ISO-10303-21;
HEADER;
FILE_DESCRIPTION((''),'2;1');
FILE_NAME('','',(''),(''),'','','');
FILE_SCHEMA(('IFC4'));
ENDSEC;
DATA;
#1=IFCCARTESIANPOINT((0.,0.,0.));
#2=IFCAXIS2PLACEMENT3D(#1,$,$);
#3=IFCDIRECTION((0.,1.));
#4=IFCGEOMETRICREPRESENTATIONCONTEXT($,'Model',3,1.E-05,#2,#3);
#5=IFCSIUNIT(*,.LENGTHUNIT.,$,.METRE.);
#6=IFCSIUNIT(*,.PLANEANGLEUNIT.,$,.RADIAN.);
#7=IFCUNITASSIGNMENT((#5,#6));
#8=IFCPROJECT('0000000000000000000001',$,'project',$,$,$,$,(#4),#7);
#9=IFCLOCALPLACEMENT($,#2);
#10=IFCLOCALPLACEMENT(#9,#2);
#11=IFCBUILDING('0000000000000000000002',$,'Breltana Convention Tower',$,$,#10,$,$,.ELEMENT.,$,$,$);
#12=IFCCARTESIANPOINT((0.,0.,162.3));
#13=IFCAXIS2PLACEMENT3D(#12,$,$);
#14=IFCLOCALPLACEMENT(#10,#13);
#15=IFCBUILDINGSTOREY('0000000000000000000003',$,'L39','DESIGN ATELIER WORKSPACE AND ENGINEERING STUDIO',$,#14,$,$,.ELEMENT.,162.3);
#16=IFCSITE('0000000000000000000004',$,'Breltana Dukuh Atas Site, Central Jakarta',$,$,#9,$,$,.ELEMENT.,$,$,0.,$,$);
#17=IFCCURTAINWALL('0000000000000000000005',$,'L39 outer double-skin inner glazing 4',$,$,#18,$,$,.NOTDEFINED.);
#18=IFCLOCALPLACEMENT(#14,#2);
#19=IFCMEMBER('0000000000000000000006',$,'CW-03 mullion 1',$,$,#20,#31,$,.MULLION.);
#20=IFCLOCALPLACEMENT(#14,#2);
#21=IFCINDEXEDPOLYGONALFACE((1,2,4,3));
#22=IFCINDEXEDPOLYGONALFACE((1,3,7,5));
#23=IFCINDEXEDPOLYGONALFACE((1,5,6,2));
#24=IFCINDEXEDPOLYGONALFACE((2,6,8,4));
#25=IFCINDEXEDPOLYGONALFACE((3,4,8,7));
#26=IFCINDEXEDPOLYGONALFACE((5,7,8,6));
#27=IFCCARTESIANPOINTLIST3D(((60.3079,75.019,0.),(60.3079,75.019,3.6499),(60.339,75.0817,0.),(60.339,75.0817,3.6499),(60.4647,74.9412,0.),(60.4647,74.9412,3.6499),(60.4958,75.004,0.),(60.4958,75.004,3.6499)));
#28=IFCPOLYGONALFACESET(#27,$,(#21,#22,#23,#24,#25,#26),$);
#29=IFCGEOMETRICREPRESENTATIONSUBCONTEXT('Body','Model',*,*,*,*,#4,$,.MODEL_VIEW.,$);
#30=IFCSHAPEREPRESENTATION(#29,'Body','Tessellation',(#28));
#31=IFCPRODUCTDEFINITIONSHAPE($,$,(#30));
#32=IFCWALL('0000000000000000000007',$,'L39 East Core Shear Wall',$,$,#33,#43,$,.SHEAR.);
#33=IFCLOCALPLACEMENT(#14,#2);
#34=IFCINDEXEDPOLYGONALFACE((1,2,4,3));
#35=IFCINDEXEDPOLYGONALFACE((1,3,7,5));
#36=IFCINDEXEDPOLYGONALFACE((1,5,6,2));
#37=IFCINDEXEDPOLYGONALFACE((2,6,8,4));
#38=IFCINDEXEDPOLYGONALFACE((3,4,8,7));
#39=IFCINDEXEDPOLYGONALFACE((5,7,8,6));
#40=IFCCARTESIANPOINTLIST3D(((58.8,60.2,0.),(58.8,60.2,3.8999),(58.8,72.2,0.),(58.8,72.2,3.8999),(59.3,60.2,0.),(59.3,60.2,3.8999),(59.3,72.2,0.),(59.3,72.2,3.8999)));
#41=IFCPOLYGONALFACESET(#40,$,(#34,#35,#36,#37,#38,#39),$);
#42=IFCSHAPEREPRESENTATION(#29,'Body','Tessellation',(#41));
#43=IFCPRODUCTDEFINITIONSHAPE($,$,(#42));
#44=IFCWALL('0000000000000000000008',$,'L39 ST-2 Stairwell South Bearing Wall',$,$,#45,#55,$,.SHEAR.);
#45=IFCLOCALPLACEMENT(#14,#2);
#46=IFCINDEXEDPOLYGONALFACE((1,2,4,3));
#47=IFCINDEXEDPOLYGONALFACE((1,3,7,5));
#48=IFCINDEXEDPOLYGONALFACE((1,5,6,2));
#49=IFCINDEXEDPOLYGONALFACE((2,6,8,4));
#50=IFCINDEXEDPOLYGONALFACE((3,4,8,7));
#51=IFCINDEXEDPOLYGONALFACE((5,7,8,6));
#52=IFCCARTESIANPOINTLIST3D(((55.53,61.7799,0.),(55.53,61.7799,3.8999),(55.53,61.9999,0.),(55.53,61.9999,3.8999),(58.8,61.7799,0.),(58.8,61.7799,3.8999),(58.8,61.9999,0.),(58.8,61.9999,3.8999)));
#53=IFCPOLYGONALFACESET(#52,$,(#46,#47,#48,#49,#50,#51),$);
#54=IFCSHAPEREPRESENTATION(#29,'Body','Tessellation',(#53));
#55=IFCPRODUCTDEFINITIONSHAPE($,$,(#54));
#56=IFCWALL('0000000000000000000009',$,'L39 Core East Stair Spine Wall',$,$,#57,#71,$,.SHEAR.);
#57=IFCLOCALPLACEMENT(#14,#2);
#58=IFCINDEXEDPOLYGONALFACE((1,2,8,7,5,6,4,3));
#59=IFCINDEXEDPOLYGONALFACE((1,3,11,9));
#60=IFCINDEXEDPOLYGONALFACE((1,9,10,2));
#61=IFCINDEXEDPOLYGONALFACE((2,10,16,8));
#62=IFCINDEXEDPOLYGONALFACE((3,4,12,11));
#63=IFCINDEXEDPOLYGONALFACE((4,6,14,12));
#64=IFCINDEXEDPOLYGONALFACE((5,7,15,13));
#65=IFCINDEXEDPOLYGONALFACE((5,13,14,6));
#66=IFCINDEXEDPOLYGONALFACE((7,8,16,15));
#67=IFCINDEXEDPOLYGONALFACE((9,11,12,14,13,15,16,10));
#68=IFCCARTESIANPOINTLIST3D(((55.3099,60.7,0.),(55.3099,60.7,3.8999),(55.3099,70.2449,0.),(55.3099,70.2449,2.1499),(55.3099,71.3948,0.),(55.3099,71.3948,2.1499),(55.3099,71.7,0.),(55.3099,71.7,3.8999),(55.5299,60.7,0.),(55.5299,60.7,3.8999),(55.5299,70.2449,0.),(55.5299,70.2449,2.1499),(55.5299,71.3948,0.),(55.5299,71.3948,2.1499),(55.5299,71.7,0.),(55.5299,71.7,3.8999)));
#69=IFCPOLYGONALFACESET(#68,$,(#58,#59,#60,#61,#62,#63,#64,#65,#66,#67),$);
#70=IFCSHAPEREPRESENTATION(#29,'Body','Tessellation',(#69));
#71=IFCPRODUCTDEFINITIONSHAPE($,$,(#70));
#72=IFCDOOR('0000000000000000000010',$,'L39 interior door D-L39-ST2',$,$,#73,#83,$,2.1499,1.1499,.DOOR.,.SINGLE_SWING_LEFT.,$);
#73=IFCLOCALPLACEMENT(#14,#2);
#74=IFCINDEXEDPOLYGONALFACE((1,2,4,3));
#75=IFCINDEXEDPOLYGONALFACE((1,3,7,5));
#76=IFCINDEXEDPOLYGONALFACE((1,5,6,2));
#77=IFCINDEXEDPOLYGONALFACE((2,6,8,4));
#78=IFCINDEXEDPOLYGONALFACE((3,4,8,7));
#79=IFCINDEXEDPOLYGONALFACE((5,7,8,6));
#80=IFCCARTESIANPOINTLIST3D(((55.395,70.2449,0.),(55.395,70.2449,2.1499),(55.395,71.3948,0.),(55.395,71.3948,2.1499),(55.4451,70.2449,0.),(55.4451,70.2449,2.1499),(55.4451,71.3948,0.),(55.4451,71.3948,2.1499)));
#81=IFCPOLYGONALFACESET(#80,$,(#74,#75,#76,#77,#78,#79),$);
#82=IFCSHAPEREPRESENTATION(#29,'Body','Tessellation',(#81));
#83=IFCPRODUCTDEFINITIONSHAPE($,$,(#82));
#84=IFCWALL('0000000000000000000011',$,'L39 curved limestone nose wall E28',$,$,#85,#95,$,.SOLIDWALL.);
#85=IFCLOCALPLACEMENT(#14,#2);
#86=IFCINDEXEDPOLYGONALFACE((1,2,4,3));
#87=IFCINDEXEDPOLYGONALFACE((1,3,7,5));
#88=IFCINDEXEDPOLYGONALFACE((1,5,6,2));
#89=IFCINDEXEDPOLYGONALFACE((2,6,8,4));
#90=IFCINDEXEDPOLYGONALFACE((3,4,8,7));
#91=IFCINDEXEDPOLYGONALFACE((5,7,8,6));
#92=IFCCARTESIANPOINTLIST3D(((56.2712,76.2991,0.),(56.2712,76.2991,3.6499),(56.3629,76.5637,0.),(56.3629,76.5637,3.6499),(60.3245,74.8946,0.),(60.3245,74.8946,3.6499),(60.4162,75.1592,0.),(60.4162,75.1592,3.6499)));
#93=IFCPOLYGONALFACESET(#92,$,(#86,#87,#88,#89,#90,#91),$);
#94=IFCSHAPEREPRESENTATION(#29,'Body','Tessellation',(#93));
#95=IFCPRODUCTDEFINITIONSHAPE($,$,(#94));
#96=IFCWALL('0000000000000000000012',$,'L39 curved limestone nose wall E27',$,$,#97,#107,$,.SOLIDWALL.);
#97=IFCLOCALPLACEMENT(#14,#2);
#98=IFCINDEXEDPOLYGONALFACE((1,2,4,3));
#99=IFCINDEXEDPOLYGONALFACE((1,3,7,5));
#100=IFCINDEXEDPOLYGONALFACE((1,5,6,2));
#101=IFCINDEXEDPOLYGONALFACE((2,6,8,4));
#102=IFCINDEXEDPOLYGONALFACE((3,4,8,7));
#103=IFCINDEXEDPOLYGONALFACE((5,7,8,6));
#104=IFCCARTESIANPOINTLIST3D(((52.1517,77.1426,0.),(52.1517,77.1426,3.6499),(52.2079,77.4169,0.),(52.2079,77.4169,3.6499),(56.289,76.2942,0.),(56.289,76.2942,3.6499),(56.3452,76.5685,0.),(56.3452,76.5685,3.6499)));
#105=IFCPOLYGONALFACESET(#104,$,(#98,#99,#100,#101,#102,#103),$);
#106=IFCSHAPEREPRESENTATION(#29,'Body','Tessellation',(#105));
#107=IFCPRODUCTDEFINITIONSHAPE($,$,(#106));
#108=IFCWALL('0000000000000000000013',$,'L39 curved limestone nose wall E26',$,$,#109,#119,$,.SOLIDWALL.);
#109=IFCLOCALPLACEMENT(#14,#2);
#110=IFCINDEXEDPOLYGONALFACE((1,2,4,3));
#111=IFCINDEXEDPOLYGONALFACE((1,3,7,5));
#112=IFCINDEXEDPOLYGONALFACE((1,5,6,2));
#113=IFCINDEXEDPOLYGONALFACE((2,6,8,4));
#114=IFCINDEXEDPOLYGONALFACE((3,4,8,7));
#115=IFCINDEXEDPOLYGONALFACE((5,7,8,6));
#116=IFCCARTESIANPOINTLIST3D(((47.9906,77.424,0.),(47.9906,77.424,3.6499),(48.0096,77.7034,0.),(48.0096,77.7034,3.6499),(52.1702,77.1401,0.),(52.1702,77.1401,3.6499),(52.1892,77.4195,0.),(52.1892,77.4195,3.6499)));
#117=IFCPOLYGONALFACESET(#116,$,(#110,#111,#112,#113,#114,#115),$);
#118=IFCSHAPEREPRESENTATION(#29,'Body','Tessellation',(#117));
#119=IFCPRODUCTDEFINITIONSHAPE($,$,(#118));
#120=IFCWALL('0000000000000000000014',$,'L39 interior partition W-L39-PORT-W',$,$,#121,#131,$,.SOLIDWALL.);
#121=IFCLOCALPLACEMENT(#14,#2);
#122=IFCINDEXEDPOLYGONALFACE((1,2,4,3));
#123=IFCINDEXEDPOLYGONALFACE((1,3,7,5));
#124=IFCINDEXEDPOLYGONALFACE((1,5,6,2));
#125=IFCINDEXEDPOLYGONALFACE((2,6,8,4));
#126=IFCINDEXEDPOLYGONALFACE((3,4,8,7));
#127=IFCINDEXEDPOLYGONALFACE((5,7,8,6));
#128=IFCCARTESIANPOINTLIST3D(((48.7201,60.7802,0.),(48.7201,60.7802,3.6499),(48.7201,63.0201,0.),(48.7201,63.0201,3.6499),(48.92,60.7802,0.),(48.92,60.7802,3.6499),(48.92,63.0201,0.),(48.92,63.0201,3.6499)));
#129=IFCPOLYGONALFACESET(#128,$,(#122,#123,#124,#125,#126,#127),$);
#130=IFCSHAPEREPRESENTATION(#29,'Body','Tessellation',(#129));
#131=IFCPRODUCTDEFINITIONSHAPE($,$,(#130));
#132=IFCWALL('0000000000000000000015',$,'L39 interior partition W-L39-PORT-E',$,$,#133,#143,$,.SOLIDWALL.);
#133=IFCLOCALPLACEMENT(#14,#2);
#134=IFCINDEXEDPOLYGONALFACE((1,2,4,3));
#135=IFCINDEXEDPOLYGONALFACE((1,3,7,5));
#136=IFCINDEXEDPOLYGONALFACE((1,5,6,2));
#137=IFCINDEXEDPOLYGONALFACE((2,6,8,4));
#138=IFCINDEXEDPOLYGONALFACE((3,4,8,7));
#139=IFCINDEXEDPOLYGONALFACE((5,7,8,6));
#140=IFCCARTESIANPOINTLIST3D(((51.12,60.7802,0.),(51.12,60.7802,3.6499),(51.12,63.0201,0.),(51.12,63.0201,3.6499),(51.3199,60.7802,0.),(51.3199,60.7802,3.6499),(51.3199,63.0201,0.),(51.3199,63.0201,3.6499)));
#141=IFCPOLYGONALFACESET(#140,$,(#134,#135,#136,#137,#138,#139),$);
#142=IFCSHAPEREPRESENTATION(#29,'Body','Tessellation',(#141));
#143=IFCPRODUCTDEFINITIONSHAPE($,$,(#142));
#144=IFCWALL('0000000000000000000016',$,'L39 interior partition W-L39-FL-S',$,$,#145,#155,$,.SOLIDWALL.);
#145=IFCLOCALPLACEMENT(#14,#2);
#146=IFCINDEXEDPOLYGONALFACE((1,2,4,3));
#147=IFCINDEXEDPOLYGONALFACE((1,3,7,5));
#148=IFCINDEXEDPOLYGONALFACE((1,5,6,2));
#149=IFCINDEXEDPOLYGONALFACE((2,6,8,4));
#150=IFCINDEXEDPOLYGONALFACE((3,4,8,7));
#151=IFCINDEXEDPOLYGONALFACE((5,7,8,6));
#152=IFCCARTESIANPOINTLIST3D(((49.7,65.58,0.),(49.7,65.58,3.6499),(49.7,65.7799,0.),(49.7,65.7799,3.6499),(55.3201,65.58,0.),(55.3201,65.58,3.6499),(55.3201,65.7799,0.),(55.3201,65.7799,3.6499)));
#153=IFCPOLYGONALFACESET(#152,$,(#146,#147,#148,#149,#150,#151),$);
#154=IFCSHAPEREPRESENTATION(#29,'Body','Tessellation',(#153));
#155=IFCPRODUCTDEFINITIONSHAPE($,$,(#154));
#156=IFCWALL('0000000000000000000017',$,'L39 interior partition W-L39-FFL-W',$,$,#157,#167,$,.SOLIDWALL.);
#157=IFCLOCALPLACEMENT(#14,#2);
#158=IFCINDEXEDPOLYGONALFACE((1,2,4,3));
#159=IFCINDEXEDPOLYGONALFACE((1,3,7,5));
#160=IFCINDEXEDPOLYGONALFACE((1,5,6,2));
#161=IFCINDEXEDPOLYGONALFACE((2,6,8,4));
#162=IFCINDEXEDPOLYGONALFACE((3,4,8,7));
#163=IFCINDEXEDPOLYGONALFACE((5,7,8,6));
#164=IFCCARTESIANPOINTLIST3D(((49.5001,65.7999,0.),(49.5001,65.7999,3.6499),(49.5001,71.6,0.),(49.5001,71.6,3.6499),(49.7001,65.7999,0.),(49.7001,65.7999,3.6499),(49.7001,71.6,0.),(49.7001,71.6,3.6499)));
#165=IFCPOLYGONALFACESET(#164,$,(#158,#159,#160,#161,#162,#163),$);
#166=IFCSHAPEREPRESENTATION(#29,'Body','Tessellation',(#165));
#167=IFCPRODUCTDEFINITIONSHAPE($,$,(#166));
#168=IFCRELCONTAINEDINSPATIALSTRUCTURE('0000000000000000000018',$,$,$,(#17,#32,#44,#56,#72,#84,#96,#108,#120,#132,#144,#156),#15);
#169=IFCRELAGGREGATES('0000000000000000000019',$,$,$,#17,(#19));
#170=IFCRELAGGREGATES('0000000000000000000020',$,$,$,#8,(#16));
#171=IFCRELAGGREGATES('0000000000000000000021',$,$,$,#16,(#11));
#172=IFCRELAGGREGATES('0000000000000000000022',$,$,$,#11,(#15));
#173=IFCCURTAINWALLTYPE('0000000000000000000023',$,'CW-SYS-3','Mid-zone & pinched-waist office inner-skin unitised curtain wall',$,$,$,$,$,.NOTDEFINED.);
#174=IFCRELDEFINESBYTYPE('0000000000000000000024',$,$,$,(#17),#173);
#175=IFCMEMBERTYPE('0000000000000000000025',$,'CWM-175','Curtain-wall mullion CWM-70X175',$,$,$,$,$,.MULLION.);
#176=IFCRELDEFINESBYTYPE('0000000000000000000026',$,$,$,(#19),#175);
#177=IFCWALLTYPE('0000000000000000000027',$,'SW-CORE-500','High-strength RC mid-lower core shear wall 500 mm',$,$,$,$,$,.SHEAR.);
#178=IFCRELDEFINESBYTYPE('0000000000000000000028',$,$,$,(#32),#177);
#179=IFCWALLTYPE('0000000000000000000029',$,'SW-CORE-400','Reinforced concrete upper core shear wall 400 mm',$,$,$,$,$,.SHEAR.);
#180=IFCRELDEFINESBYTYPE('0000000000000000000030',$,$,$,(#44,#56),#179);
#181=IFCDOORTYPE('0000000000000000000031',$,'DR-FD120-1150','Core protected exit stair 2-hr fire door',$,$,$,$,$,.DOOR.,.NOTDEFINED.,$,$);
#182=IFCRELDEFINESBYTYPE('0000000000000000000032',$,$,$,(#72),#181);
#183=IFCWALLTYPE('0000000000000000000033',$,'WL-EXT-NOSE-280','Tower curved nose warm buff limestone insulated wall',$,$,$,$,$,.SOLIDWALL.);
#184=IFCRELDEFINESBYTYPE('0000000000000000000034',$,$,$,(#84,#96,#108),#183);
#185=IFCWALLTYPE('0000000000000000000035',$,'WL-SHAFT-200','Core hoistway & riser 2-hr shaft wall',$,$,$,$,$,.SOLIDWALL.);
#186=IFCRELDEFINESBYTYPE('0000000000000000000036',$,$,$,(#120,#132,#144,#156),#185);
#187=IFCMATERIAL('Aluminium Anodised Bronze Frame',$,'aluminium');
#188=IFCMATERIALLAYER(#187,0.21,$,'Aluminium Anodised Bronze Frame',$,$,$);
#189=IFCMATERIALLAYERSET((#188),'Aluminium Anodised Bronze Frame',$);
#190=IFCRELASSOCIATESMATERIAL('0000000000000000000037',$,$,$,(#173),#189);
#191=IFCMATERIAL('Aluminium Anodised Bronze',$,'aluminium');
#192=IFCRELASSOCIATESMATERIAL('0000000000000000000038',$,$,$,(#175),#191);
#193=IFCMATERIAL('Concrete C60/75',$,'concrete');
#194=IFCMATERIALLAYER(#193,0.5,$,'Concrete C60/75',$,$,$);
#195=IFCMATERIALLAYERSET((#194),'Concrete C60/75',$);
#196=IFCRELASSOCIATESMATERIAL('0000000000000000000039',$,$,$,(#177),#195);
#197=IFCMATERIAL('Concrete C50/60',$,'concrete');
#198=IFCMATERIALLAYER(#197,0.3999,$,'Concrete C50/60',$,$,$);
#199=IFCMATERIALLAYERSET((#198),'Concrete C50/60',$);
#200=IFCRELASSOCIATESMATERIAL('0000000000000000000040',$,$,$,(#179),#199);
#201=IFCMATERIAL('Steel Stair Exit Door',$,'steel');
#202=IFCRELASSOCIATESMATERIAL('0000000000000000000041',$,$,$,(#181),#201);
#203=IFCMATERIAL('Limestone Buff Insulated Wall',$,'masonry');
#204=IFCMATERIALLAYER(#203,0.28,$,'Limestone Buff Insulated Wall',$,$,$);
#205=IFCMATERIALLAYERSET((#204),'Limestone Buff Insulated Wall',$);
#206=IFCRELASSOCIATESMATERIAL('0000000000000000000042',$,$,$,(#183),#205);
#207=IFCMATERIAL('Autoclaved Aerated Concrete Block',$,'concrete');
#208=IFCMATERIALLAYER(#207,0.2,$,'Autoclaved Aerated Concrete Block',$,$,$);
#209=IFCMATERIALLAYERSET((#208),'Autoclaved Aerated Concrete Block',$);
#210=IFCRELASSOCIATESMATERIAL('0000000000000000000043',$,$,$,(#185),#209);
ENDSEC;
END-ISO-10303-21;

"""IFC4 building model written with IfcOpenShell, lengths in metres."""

from ifc_helpers import new_model, si_unit, direction, frame, frame_2d, origin, origin_2d, place, context, subcontext, project, spatial, rectangle, extrude, source, transform, mapped, material, layer, layer_set, material_profile, profile_set, type_object, type_shapes, element, fill, aggregate, save


model = new_model("IFC4")

# Units and contexts
model_context = context("Model", 3, precision=1e-05, world=origin(), true_north=direction((0.0, 1.0)))
body_context = subcontext(model_context, "Body", "Model", "MODEL_VIEW")
ifc_project = project(units=[si_unit("LENGTHUNIT", "METRE"), si_unit("PLANEANGLEUNIT", "RADIAN")], contexts=[model_context])

# Site, building, storey
site_placement = place(None, origin())
site = spatial("IfcSite", under=ifc_project, at=site_placement, Name="Breltana Dukuh Atas Site, Central Jakarta", CompositionType="ELEMENT", RefElevation=0.0)
building_placement = place(site_placement, origin())
building = spatial("IfcBuilding", under=site, at=building_placement, Name="Breltana Convention Tower", CompositionType="ELEMENT")
storey_placement = place(building_placement, frame((0.0, 0.0, 162.3)))
storey = spatial("IfcBuildingStorey", under=building, at=storey_placement, Name="L39", Description="DESIGN ATELIER WORKSPACE AND ENGINEERING STUDIO", CompositionType="ELEMENT", Elevation=162.3)

# Shared definitions
ifc_material_1 = material(Name="Concrete C60/75", Category="concrete")

# Curtain wall, member
ifc_material_2 = material(Name="Aluminium Anodised Bronze Frame", Category="aluminium")
ifc_layer_1 = layer(ifc_material_2, 0.21, Name="Aluminium Anodised Bronze Frame")
ifc_layer_set_1 = layer_set([ifc_layer_1], Name="Aluminium Anodised Bronze Frame")
curtain_wall_type = type_object("IfcCurtainWallType", Name="CW-SYS-3", Description="Mid-zone & pinched-waist office inner-skin unitised curtain wall", PredefinedType="NOTDEFINED", material=ifc_layer_set_1)
curtain_wall_placement = place(storey_placement, origin())
curtain_wall = element("IfcCurtainWall", 1, at=curtain_wall_placement, inside=storey, type_object=curtain_wall_type, Name="L39 outer double-skin inner glazing 4", PredefinedType="NOTDEFINED")
ifc_material_3 = material(Name="Aluminium Anodised Bronze", Category="aluminium")
ifc_material_profile_1 = material_profile(ifc_material_3, rectangle(XDim=0.0701, YDim=0.175, at=origin_2d()), Name="CWM-70X175")
ifc_profile_set_1 = profile_set([ifc_material_profile_1], Name="Aluminium Anodised Bronze")
member_type = type_object("IfcMemberType", Name="CWM-175", Description="Curtain-wall mullion CWM-70X175", PredefinedType="MULLION", material=ifc_profile_set_1)
shared_shape_1 = source(origin(), body_context, "Body", "SweptSolid", [
    extrude(rectangle(XDim=0.0701, YDim=0.175, at=origin_2d()), origin(), (0.0, 0.0, 1.0), 3.6499),
])
member_placement = place(storey_placement, frame((60.4019, 75.0115, 0.0), z_axis=(0.0, 0.0, 1.0), x_axis=(0.444118, 0.895968, 0.0)))
member = element("IfcMember", 2, at=member_placement, type_object=member_type, Name="CW-03 mullion 1", PredefinedType="MULLION", context=body_context, shape_type="MappedRepresentation", body=[
    mapped(shared_shape_1, transform((0.0, 0.0, 0.0), scale=1.0)),
])
aggregate(curtain_wall, [member])

# Walls
ifc_layer_2 = layer(ifc_material_1, 0.5, Name="Concrete C60/75")
ifc_layer_set_2 = layer_set([ifc_layer_2], Name="Concrete C60/75")
wall_type_1 = type_object("IfcWallType", Name="SW-CORE-500", Description="High-strength RC mid-lower core shear wall 500 mm", PredefinedType="SHEAR", material=ifc_layer_set_2)
shared_shape_2 = source(origin(), body_context, "Body", "SweptSolid", [
    extrude(rectangle(XDim=12.0, YDim=0.5, at=frame_2d((6.0, 0.0))), origin(), (0.0, 0.0, 1.0), 3.8999),
])
wall_1_placement = place(storey_placement, frame((59.05, 60.2, 0.0), z_axis=(0.0, 0.0, 1.0), x_axis=(0.0, 1.0, 0.0)))
element("IfcWall", 3, at=wall_1_placement, inside=storey, type_object=wall_type_1, Name="L39 East Core Shear Wall", PredefinedType="SHEAR", context=body_context, shape_type="MappedRepresentation", body=[
    mapped(shared_shape_2, transform((0.0, 0.0, 0.0), scale=1.0)),
])
ifc_material_4 = material(Name="Concrete C50/60", Category="concrete")
ifc_layer_3 = layer(ifc_material_4, 0.3999, Name="Concrete C50/60")
ifc_layer_set_3 = layer_set([ifc_layer_3], Name="Concrete C50/60")
wall_type_2 = type_object("IfcWallType", Name="SW-CORE-400", Description="Reinforced concrete upper core shear wall 400 mm", PredefinedType="SHEAR", material=ifc_layer_set_3)
shared_shape_3 = source(origin(), body_context, "Body", "SweptSolid", [
    extrude(rectangle(XDim=3.27, YDim=0.22, at=frame_2d((1.635, 0.0))), origin(), (0.0, 0.0, 1.0), 3.8999),
])
wall_2_placement = place(storey_placement, frame((55.53, 61.8899, 0.0), z_axis=(0.0, 0.0, 1.0), x_axis=(1.0, 0.0, 0.0)))
element("IfcWall", 4, at=wall_2_placement, inside=storey, type_object=wall_type_2, Name="L39 ST-2 Stairwell South Bearing Wall", PredefinedType="SHEAR", context=body_context, shape_type="MappedRepresentation", body=[
    mapped(shared_shape_3, transform((0.0, 0.0, 0.0), scale=1.0)),
])

# Wall, opening, door
shared_shape_4 = source(origin(), body_context, "Body", "SweptSolid", [
    extrude(rectangle(XDim=11.0, YDim=0.22, at=frame_2d((5.5, 0.0))), origin(), (0.0, 0.0, 1.0), 3.8999),
])
wall_3_placement = place(storey_placement, frame((55.4199, 60.7, 0.0), z_axis=(0.0, 0.0, 1.0), x_axis=(0.0, 1.0, 0.0)))
wall_3 = element("IfcWall", 5, at=wall_3_placement, inside=storey, type_object=wall_type_2, Name="L39 Core East Stair Spine Wall", PredefinedType="SHEAR", context=body_context, shape_type="MappedRepresentation", body=[
    mapped(shared_shape_4, transform((0.0, 0.0, 0.0), scale=1.0)),
])
opening_1_placement = place(wall_3_placement, frame((9.5449, 0.0, 0.0)))
opening_1 = element("IfcOpeningElement", 6, at=opening_1_placement, cuts=wall_3, PredefinedType="OPENING", context=body_context, shape_type="SweptSolid", body=[
    extrude(rectangle(XDim=1.1499, YDim=2.1499, at=frame_2d((0.575, 1.075))), frame((0.0, 0.1201, 0.0), z_axis=(0.0, -1.0, 0.0), x_axis=(1.0, 0.0, 0.0)), (0.0, 0.0, 1.0), 0.24),
])
ifc_material_5 = material(Name="Steel Stair Exit Door", Category="steel")
door_type_1 = type_object("IfcDoorType", Name="DR-FD120-1150", Description="Core protected exit stair 2-hr fire door", OperationType="NOTDEFINED", PredefinedType="DOOR", material=ifc_material_5)
shared_shape_5 = source(origin(), body_context, "Body", "SweptSolid", [
    extrude(rectangle(XDim=1.1499, YDim=2.1499, at=frame_2d((0.575, 1.075))), frame((0.0, 0.0249, 0.0), z_axis=(0.0, -1.0, 0.0), x_axis=(1.0, 0.0, 0.0)), (0.0, 0.0, 1.0), 0.05),
])
type_shapes(door_type_1, [shared_shape_5])
door_1_placement = place(opening_1_placement, origin())
door_1 = element("IfcDoor", 7, at=door_1_placement, inside=storey, type_object=door_type_1, Name="L39 interior door D-L39-ST2", OperationType="SINGLE_SWING_LEFT", OverallHeight=2.1499, OverallWidth=1.1499, PredefinedType="DOOR", context=body_context, shape_type="MappedRepresentation", body=[
    mapped(shared_shape_5, transform((0.0, 0.0, 0.0), scale=1.0)),
])
fill(opening_1, door_1)

# Walls
ifc_material_6 = material(Name="Limestone Buff Insulated Wall", Category="masonry")
ifc_layer_4 = layer(ifc_material_6, 0.28, Name="Limestone Buff Insulated Wall")
ifc_layer_set_4 = layer_set([ifc_layer_4], Name="Limestone Buff Insulated Wall")
wall_type_3 = type_object("IfcWallType", Name="WL-EXT-NOSE-280", Description="Tower curved nose warm buff limestone insulated wall", PredefinedType="SOLIDWALL", material=ifc_layer_set_4)
shared_shape_6 = source(origin(), body_context, "Body", "SweptSolid", [
    extrude(rectangle(XDim=4.2898, YDim=0.28, at=frame_2d((2.145, 0.0))), origin(), (0.0, 0.0, 1.0), 3.6499),
])
wall_4_placement = place(storey_placement, frame((56.3169, 76.4314, 0.0), z_axis=(0.0, 0.0, 1.0), x_axis=(0.944884, -0.327406, 0.0)))
element("IfcWall", 8, at=wall_4_placement, inside=storey, type_object=wall_type_3, Name="L39 curved limestone nose wall E28", PredefinedType="SOLIDWALL", context=body_context, shape_type="MappedRepresentation", body=[
    mapped(shared_shape_6, transform((0.0, 0.0, 0.0), scale=1.0)),
])
shared_shape_7 = source(origin(), body_context, "Body", "SweptSolid", [
    extrude(rectangle(XDim=4.2234, YDim=0.28, at=frame_2d((2.1118, 0.0))), origin(), (0.0, 0.0, 1.0), 3.6499),
])
wall_5_placement = place(storey_placement, frame((52.1797, 77.2798, 0.0), z_axis=(0.0, 0.0, 1.0), x_axis=(0.979615, -0.200883, 0.0)))
element("IfcWall", 9, at=wall_5_placement, inside=storey, type_object=wall_type_3, Name="L39 curved limestone nose wall E27", PredefinedType="SOLIDWALL", context=body_context, shape_type="MappedRepresentation", body=[
    mapped(shared_shape_7, transform((0.0, 0.0, 0.0), scale=1.0)),
])
shared_shape_8 = source(origin(), body_context, "Body", "SweptSolid", [
    extrude(rectangle(XDim=4.1892, YDim=0.28, at=frame_2d((2.0947, 0.0))), origin(), (0.0, 0.0, 1.0), 3.6499),
])
wall_6_placement = place(storey_placement, frame((48.0, 77.5637, 0.0), z_axis=(0.0, 0.0, 1.0), x_axis=(0.997701, -0.067776, 0.0)))
element("IfcWall", 10, at=wall_6_placement, inside=storey, type_object=wall_type_3, Name="L39 curved limestone nose wall E26", PredefinedType="SOLIDWALL", context=body_context, shape_type="MappedRepresentation", body=[
    mapped(shared_shape_8, transform((0.0, 0.0, 0.0), scale=1.0)),
])
ifc_material_7 = material(Name="Autoclaved Aerated Concrete Block", Category="concrete")
ifc_layer_5 = layer(ifc_material_7, 0.2, Name="Autoclaved Aerated Concrete Block")
ifc_layer_set_5 = layer_set([ifc_layer_5], Name="Autoclaved Aerated Concrete Block")
wall_type_4 = type_object("IfcWallType", Name="WL-SHAFT-200", Description="Core hoistway & riser 2-hr shaft wall", PredefinedType="SOLIDWALL", material=ifc_layer_set_5)
shared_shape_9 = source(origin(), body_context, "Body", "SweptSolid", [
    extrude(rectangle(XDim=2.24, YDim=0.2, at=frame_2d((1.1201, 0.0))), origin(), (0.0, 0.0, 1.0), 3.6499),
])
for number, where, z_axis, x_axis, name in (
    (11, (48.8201, 60.78, 0.0), (0.0, 0.0, 1.0), (0.0, 1.0, 0.0), "L39 interior partition W-L39-PORT-W"),
    (12, (51.22, 60.78, 0.0), (0.0, 0.0, 1.0), (0.0, 1.0, 0.0), "L39 interior partition W-L39-PORT-E"),
):
    element("IfcWall", number, at=place(storey_placement, frame(where, z_axis=z_axis, x_axis=x_axis)), inside=storey, type_object=wall_type_4, Name=name, PredefinedType="SOLIDWALL", context=body_context, shape_type="MappedRepresentation", body=[
        mapped(shared_shape_9, transform((0.0, 0.0, 0.0), scale=1.0)),
    ])

# Shared definitions
shared_shape_10 = source(origin(), body_context, "Body", "SweptSolid", [
    extrude(rectangle(XDim=5.6201, YDim=0.2, at=frame_2d((2.8101, 0.0))), origin(), (0.0, 0.0, 1.0), 3.6499),
])

# Walls
wall_7_placement = place(storey_placement, frame((49.7, 65.6799, 0.0), z_axis=(0.0, 0.0, 1.0), x_axis=(1.0, 0.0, 0.0)))
element("IfcWall", 13, at=wall_7_placement, inside=storey, type_object=wall_type_4, Name="L39 interior partition W-L39-FL-S", PredefinedType="SOLIDWALL", context=body_context, shape_type="MappedRepresentation", body=[
    mapped(shared_shape_10, transform((0.0, 0.0, 0.0), scale=1.0)),
])
shared_shape_11 = source(origin(), body_context, "Body", "SweptSolid", [
    extrude(rectangle(XDim=5.8, YDim=0.2, at=frame_2d((2.8999, 0.0))), origin(), (0.0, 0.0, 1.0), 3.6499),
])
wall_8_placement = place(storey_placement, frame((49.6001, 65.8, 0.0), z_axis=(0.0, 0.0, 1.0), x_axis=(0.0, 1.0, 0.0)))
element("IfcWall", 14, at=wall_8_placement, inside=storey, type_object=wall_type_4, Name="L39 interior partition W-L39-FFL-W", PredefinedType="SOLIDWALL", context=body_context, shape_type="MappedRepresentation", body=[
    mapped(shared_shape_11, transform((0.0, 0.0, 0.0), scale=1.0)),
])

save(model, "model.ifc")
